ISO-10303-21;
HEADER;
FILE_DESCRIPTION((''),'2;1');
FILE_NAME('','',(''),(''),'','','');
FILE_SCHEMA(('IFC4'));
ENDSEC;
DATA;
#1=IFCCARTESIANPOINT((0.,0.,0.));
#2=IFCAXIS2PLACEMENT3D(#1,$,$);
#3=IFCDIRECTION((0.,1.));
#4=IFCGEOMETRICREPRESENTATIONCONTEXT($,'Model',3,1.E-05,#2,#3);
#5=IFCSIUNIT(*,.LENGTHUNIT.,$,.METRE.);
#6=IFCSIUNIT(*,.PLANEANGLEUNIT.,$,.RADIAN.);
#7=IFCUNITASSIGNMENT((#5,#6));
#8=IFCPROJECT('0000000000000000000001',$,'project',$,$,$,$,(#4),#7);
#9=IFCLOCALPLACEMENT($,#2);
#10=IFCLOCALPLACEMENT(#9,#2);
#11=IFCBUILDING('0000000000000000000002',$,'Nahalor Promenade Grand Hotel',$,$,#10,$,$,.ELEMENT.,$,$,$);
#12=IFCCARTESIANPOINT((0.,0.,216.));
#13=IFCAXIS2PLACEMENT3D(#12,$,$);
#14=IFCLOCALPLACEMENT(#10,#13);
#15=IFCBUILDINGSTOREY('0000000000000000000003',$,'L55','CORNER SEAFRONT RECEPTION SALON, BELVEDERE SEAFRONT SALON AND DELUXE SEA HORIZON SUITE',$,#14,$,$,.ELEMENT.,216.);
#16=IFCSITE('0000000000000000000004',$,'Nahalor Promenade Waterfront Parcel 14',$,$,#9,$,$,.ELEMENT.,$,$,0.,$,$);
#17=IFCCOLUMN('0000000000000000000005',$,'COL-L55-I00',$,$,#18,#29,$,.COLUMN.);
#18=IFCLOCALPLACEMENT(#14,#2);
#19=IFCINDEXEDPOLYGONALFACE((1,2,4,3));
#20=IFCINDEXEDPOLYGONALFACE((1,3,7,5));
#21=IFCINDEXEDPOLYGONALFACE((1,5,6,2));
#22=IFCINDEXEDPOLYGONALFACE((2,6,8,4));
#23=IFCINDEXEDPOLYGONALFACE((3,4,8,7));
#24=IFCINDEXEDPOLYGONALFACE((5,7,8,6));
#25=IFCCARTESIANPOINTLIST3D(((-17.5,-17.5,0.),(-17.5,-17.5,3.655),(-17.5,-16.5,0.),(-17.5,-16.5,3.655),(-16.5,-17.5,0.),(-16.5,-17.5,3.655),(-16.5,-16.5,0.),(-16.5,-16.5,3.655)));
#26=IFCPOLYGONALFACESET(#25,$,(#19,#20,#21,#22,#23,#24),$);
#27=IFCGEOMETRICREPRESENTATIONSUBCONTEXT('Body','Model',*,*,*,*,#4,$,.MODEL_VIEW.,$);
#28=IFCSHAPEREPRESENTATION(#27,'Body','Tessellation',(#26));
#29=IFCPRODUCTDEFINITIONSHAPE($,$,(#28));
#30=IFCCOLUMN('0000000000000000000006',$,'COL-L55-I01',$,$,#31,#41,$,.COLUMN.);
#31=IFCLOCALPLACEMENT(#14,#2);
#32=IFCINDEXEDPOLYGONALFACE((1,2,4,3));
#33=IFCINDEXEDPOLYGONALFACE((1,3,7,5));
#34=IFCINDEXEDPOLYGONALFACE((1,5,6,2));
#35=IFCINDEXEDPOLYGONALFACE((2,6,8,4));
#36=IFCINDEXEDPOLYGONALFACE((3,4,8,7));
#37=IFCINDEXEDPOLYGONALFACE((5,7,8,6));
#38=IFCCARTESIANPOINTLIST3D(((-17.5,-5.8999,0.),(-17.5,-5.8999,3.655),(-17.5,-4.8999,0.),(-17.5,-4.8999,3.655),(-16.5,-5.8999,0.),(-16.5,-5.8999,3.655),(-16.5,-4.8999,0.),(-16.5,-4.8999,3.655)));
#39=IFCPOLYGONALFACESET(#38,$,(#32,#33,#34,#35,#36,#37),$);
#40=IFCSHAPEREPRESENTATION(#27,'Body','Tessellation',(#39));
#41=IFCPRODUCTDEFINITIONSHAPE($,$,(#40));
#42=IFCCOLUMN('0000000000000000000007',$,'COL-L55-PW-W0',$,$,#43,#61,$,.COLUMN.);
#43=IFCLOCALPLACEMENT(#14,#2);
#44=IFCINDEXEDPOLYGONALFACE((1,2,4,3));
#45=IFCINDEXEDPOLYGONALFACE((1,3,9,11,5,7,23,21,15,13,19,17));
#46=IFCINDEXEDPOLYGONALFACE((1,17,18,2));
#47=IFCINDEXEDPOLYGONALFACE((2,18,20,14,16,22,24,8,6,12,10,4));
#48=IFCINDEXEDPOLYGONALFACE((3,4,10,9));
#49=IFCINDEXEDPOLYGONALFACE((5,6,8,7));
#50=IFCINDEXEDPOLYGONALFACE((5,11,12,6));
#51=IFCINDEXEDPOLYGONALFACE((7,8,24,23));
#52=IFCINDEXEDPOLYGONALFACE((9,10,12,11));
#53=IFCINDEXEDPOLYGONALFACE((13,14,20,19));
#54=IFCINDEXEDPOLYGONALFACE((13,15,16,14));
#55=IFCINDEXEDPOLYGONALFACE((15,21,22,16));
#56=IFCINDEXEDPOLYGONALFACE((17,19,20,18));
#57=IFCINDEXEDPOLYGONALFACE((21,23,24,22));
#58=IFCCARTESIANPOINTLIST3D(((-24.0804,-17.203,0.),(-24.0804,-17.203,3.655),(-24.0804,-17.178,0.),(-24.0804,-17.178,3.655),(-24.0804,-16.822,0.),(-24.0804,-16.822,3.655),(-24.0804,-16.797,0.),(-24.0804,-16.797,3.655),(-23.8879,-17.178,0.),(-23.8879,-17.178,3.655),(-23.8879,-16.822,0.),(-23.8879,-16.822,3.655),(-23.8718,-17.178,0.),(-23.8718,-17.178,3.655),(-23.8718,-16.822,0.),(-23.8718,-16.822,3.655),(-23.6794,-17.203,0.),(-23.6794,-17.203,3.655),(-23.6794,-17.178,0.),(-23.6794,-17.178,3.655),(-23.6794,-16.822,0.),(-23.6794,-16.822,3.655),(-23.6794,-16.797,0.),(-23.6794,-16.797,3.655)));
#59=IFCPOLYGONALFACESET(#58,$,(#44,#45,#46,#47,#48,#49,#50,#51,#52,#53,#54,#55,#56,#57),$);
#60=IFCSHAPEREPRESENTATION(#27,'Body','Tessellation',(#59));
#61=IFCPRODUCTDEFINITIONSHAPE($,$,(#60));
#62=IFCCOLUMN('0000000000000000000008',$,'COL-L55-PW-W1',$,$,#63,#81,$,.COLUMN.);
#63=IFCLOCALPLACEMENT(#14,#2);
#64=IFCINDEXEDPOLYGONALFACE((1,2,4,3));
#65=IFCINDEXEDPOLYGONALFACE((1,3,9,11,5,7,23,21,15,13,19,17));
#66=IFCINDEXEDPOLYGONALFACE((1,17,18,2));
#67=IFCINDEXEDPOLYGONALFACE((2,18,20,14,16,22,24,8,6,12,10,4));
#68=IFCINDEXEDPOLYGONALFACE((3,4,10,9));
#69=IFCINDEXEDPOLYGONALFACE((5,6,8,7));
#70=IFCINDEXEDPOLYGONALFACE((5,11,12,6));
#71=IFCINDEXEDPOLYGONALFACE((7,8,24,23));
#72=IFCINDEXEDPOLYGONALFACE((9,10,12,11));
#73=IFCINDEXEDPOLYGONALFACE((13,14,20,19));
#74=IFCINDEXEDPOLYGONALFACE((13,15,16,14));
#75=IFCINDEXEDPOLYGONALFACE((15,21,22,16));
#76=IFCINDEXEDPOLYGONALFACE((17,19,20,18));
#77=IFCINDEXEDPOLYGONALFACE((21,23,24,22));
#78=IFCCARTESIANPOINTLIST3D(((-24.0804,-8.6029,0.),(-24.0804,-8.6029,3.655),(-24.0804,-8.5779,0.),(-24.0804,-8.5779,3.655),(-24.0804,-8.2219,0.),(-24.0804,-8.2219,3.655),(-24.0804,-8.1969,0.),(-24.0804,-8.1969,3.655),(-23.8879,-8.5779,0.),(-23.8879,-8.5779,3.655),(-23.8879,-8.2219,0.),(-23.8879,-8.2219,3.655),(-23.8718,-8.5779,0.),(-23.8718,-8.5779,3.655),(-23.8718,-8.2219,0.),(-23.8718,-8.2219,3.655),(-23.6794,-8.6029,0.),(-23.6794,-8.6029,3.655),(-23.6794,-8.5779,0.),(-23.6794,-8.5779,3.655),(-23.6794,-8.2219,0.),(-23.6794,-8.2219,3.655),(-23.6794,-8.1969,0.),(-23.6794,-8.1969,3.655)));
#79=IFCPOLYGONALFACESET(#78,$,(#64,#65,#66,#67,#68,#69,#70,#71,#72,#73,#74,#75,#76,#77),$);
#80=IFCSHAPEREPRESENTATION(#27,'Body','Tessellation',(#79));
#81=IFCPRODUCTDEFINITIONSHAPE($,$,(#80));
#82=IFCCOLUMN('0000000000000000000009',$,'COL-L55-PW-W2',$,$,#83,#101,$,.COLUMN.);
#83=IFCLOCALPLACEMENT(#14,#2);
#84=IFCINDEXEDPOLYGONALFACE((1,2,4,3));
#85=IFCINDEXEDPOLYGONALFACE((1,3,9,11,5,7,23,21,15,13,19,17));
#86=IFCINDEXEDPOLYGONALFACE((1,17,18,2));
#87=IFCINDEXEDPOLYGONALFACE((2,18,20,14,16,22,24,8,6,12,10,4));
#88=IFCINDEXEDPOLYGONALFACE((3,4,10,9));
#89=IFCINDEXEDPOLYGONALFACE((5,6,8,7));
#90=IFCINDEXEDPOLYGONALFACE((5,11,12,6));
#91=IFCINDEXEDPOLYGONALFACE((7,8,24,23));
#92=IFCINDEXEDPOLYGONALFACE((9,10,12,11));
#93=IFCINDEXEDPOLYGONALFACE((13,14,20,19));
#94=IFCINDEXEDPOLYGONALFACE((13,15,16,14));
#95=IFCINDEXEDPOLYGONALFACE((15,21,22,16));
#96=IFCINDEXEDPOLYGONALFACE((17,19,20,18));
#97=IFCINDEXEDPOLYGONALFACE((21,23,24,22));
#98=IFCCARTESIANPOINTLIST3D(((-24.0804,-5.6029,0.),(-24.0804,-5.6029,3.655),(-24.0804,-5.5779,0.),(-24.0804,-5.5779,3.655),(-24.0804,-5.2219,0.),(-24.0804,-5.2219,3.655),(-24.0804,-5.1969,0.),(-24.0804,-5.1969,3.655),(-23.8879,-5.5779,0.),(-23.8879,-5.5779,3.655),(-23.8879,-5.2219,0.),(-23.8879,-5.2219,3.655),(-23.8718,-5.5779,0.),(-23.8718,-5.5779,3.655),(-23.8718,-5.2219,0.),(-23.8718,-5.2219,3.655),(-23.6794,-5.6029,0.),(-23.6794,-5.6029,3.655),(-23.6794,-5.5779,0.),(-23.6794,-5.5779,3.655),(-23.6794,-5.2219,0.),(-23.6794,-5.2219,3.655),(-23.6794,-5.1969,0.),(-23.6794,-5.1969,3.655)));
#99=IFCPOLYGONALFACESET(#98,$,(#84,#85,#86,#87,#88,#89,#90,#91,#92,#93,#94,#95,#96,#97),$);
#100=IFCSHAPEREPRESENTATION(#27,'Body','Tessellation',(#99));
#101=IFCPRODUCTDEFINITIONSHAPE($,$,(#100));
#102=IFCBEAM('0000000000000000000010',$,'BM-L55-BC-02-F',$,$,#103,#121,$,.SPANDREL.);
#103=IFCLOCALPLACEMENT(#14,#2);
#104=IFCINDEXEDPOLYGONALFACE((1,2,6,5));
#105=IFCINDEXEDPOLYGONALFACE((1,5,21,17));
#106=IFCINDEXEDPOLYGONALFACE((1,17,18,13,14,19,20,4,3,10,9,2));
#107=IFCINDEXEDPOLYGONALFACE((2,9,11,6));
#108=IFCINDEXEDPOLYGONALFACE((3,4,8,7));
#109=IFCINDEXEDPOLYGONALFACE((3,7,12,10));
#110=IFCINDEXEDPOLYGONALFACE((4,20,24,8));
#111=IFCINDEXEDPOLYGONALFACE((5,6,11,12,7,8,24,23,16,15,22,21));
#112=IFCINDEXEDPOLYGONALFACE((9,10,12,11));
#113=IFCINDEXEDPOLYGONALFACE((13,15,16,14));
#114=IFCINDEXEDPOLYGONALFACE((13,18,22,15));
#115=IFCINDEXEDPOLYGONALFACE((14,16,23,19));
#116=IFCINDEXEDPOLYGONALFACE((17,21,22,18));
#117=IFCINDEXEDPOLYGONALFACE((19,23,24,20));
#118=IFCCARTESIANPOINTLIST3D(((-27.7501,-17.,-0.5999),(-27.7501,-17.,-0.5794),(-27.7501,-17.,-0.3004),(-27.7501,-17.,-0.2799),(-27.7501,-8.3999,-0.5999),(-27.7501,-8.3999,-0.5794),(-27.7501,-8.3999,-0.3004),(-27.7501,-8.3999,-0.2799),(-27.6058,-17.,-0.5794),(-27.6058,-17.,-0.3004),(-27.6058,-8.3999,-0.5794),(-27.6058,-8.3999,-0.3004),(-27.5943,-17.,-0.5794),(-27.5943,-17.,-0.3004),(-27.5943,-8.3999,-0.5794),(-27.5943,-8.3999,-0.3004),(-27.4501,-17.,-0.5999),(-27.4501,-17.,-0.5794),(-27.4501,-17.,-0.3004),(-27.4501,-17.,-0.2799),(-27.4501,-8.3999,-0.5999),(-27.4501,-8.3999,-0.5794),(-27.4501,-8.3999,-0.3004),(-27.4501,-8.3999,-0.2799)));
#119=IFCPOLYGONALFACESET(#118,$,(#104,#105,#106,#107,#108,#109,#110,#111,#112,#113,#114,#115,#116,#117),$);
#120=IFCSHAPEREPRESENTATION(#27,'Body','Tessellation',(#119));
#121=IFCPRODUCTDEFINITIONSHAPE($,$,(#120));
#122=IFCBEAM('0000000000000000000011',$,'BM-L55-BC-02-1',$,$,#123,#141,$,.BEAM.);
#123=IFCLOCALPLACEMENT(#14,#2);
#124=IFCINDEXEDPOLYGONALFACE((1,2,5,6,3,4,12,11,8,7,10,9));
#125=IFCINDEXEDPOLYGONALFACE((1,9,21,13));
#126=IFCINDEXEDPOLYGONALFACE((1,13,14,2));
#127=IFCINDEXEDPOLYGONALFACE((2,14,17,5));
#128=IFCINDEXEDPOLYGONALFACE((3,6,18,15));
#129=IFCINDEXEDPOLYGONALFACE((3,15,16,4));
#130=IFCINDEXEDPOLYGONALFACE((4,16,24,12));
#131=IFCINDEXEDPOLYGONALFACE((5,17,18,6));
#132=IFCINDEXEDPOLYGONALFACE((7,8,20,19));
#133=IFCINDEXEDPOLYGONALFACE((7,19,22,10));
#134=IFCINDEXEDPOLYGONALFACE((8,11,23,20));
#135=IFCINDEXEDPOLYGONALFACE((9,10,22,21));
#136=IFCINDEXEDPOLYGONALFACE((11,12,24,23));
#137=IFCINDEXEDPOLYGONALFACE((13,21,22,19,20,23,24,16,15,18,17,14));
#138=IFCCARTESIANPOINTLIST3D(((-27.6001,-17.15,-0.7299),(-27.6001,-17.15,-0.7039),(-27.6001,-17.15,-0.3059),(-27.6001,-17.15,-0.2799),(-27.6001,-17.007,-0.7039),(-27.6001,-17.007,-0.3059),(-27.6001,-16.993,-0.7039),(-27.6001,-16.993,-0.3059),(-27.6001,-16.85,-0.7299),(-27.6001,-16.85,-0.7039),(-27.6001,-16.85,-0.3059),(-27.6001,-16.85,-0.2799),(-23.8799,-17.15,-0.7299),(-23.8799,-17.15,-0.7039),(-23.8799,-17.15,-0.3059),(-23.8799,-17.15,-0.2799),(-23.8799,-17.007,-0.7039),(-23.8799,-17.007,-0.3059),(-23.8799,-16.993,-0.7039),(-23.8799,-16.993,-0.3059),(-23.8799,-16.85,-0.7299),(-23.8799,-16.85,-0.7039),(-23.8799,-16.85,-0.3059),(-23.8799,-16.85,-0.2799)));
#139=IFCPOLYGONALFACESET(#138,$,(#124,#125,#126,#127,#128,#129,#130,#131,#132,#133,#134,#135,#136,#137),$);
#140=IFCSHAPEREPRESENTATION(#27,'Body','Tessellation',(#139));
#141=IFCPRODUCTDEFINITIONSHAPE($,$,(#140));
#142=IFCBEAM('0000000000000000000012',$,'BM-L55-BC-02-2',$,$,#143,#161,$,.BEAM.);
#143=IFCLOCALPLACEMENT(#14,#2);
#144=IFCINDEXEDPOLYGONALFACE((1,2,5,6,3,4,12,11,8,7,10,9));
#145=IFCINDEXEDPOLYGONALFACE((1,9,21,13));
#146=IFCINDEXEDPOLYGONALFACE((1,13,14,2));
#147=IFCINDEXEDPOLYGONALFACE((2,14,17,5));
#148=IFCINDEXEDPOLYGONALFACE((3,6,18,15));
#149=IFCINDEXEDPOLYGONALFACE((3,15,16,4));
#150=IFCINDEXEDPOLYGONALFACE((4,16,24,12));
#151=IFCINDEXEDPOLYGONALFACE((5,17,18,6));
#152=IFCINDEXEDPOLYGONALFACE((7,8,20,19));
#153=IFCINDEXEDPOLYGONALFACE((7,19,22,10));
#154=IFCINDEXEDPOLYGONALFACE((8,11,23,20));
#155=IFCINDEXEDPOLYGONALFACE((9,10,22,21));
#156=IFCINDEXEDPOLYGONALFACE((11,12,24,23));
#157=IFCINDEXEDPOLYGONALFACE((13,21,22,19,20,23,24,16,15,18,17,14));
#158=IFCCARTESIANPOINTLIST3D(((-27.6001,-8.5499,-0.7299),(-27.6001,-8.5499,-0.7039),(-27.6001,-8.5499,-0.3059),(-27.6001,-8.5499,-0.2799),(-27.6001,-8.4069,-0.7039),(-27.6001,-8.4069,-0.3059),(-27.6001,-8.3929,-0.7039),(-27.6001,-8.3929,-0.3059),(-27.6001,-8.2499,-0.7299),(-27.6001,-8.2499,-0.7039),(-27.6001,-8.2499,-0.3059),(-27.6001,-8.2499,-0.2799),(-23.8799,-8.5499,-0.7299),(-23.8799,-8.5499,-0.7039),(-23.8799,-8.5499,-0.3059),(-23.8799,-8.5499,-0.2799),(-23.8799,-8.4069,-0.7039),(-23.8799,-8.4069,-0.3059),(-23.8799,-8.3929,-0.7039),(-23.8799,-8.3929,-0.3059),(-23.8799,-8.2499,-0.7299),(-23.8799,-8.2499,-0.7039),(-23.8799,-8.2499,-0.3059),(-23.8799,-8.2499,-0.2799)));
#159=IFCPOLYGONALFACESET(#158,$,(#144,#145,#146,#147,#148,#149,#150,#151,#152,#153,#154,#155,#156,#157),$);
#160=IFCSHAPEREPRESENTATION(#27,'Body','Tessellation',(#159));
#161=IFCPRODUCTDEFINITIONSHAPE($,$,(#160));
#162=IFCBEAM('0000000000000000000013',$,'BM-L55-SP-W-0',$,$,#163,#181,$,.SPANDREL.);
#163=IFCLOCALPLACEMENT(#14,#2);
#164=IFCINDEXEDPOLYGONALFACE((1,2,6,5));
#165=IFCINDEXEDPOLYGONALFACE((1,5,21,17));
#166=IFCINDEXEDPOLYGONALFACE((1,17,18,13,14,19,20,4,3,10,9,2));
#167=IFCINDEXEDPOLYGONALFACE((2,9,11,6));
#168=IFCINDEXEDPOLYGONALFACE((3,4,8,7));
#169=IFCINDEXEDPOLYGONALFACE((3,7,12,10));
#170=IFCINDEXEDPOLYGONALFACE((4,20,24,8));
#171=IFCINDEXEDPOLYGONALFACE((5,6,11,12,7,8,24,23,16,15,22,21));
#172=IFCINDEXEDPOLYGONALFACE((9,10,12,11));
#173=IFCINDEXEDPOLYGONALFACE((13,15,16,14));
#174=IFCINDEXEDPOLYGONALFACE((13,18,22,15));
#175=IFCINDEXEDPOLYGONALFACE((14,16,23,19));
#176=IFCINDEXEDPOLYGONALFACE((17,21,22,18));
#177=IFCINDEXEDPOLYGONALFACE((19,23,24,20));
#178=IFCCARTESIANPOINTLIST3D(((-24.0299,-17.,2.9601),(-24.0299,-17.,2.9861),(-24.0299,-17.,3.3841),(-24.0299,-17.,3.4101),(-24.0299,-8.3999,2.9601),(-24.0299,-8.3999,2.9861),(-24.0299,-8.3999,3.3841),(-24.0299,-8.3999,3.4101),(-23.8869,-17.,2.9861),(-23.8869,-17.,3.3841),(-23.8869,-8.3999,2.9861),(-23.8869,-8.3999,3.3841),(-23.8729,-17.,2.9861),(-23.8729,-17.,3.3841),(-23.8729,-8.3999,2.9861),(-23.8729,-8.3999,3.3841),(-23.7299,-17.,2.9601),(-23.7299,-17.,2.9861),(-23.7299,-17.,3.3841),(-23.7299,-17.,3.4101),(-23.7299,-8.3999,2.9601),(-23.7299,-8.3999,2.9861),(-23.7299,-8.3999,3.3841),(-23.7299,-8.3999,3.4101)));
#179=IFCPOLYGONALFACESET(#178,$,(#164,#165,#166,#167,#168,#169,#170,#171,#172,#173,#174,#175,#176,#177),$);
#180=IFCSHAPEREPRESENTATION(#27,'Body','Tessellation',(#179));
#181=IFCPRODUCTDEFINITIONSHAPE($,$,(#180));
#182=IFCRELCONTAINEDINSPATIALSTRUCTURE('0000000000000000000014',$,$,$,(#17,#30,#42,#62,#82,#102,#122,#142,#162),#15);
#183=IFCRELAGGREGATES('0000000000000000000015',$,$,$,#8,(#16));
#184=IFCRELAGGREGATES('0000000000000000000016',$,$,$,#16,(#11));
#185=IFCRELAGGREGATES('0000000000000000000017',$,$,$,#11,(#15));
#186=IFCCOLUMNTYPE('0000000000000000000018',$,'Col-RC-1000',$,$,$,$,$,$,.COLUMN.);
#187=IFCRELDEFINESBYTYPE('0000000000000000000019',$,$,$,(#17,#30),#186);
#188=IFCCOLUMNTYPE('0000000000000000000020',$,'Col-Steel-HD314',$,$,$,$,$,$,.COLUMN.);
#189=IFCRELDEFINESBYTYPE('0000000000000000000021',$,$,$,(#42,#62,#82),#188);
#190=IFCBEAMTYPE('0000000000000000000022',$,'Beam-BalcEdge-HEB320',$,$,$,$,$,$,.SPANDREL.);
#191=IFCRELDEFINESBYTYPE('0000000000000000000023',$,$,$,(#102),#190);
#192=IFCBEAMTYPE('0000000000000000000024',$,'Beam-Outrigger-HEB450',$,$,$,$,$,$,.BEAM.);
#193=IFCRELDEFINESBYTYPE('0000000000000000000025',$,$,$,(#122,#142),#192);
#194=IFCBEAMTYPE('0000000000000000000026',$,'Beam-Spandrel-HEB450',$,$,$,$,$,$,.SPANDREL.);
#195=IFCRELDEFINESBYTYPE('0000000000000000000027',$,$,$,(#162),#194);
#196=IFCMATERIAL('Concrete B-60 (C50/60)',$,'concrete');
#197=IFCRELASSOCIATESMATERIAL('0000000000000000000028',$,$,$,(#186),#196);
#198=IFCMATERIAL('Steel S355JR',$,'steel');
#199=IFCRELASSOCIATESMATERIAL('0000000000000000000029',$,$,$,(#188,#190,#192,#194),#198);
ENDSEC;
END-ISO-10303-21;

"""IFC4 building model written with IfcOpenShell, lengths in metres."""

from ifc_helpers import new_model, si_unit, direction, frame, origin, origin_2d, place, context, subcontext, project, spatial, rectangle, i_section, extrude, source, transform, mapped, material, material_profile, profile_set, type_object, element, save


model = new_model("IFC4")

# Units and contexts
model_context = context("Model", 3, precision=1e-05, world=origin(), true_north=direction((0.0, 1.0)))
body_context = subcontext(model_context, "Body", "Model", "MODEL_VIEW")
ifc_project = project(units=[si_unit("LENGTHUNIT", "METRE"), si_unit("PLANEANGLEUNIT", "RADIAN")], contexts=[model_context])

# Site, building, storey
site_placement = place(None, origin())
site = spatial("IfcSite", under=ifc_project, at=site_placement, Name="Nahalor Promenade Waterfront Parcel 14", CompositionType="ELEMENT", RefElevation=0.0)
building_placement = place(site_placement, origin())
building = spatial("IfcBuilding", under=site, at=building_placement, Name="Nahalor Promenade Grand Hotel", CompositionType="ELEMENT")
storey_placement = place(building_placement, frame((0.0, 0.0, 216.0)))
storey = spatial("IfcBuildingStorey", under=building, at=storey_placement, Name="L55", Description="CORNER SEAFRONT RECEPTION SALON, BELVEDERE SEAFRONT SALON AND DELUXE SEA HORIZON SUITE", CompositionType="ELEMENT", Elevation=216.0)

# Columns
ifc_material_1 = material(Name="Concrete B-60 (C50/60)", Category="concrete")
ifc_material_profile_1 = material_profile(ifc_material_1, rectangle(XDim=1.0, YDim=1.0, at=origin_2d()), Name="RC 1000x1000")
ifc_profile_set_1 = profile_set([ifc_material_profile_1], Name="Concrete B-60 (C50/60)")
column_type_1 = type_object("IfcColumnType", Name="Col-RC-1000", PredefinedType="COLUMN", material=ifc_profile_set_1)
shared_shape_1 = source(origin(), body_context, "Body", "SweptSolid", [
    extrude(rectangle(XDim=1.0, YDim=1.0, at=origin_2d()), origin(), (0.0, 0.0, 1.0), 3.655),
])
for number, where, z_axis, x_axis, name in (
    (1, (-17.0, -17.0, 0.0), (0.0, 0.0, 1.0), (1.0, 0.0, 0.0), "COL-L55-I00"),
    (2, (-17.0, -5.3999, 0.0), (0.0, 0.0, 1.0), (1.0, 0.0, 0.0), "COL-L55-I01"),
):
    element("IfcColumn", number, at=place(storey_placement, frame(where, z_axis=z_axis, x_axis=x_axis)), inside=storey, type_object=column_type_1, Name=name, PredefinedType="COLUMN", context=body_context, shape_type="MappedRepresentation", body=[
        mapped(shared_shape_1, transform((0.0, 0.0, 0.0), scale=1.0)),
    ])
ifc_material_2 = material(Name="Steel S355JR", Category="steel")
ifc_material_profile_2 = material_profile(ifc_material_2, i_section(OverallWidth=0.401, OverallDepth=0.406, WebThickness=0.0161, FlangeThickness=0.025, at=origin_2d()), Name="HD 400x314")
ifc_profile_set_2 = profile_set([ifc_material_profile_2], Name="Steel S355JR")
column_type_2 = type_object("IfcColumnType", Name="Col-Steel-HD314", PredefinedType="COLUMN", material=ifc_profile_set_2)
shared_shape_2 = source(origin(), body_context, "Body", "SweptSolid", [
    extrude(i_section(OverallWidth=0.401, OverallDepth=0.406, WebThickness=0.0161, FlangeThickness=0.025, at=origin_2d()), origin(), (0.0, 0.0, 1.0), 3.655),
])
for number, where, z_axis, x_axis, name in (
    (3, (-23.8799, -17.0, 0.0), (0.0, 0.0, 1.0), (1.0, 0.0, 0.0), "COL-L55-PW-W0"),
    (4, (-23.8799, -8.3999, 0.0), (0.0, 0.0, 1.0), (1.0, 0.0, 0.0), "COL-L55-PW-W1"),
    (5, (-23.8799, -5.3999, 0.0), (0.0, 0.0, 1.0), (1.0, 0.0, 0.0), "COL-L55-PW-W2"),
):
    element("IfcColumn", number, at=place(storey_placement, frame(where, z_axis=z_axis, x_axis=x_axis)), inside=storey, type_object=column_type_2, Name=name, PredefinedType="COLUMN", context=body_context, shape_type="MappedRepresentation", body=[
        mapped(shared_shape_2, transform((0.0, 0.0, 0.0), scale=1.0)),
    ])

# Beams
ifc_material_profile_3 = material_profile(ifc_material_2, i_section(OverallWidth=0.3, OverallDepth=0.32, WebThickness=0.0115, FlangeThickness=0.0205, at=origin_2d()), Name="HEB 320")
ifc_profile_set_3 = profile_set([ifc_material_profile_3], Name="Steel S355JR")
beam_type_1 = type_object("IfcBeamType", Name="Beam-BalcEdge-HEB320", PredefinedType="SPANDREL", material=ifc_profile_set_3)
shared_shape_3 = source(origin(), body_context, "Body", "SweptSolid", [
    extrude(i_section(OverallWidth=0.3, OverallDepth=0.32, WebThickness=0.0115, FlangeThickness=0.0205, at=origin_2d()), origin(), (0.0, 0.0, 1.0), 8.6001),
])
beam_1_placement = place(storey_placement, frame((-27.6001, -17.0, -0.4399), z_axis=(0.0, 1.0, 0.0), x_axis=(-1.0, 0.0, 0.0)))
element("IfcBeam", 6, at=beam_1_placement, inside=storey, type_object=beam_type_1, Name="BM-L55-BC-02-F", PredefinedType="SPANDREL", context=body_context, shape_type="MappedRepresentation", body=[
    mapped(shared_shape_3, transform((0.0, 0.0, 0.0), scale=1.0)),
])
ifc_material_profile_4 = material_profile(ifc_material_2, i_section(OverallWidth=0.3, OverallDepth=0.45, WebThickness=0.014, FlangeThickness=0.026, at=origin_2d()), Name="HEB 450")
ifc_profile_set_4 = profile_set([ifc_material_profile_4], Name="Steel S355JR")
beam_type_2 = type_object("IfcBeamType", Name="Beam-Outrigger-HEB450", PredefinedType="BEAM", material=ifc_profile_set_4)
shared_shape_4 = source(origin(), body_context, "Body", "SweptSolid", [
    extrude(i_section(OverallWidth=0.3, OverallDepth=0.45, WebThickness=0.014, FlangeThickness=0.026, at=origin_2d()), origin(), (0.0, 0.0, 1.0), 3.7202),
])
for number, where, z_axis, x_axis, name in (
    (7, (-27.6001, -17.0, -0.5049), (1.0, 0.0, 0.0), (0.0, 1.0, 0.0), "BM-L55-BC-02-1"),
    (8, (-27.6001, -8.3999, -0.5049), (1.0, 0.0, 0.0), (0.0, 1.0, 0.0), "BM-L55-BC-02-2"),
):
    element("IfcBeam", number, at=place(storey_placement, frame(where, z_axis=z_axis, x_axis=x_axis)), inside=storey, type_object=beam_type_2, Name=name, PredefinedType="BEAM", context=body_context, shape_type="MappedRepresentation", body=[
        mapped(shared_shape_4, transform((0.0, 0.0, 0.0), scale=1.0)),
    ])
ifc_material_profile_5 = material_profile(ifc_material_2, i_section(OverallWidth=0.3, OverallDepth=0.45, WebThickness=0.014, FlangeThickness=0.026, at=origin_2d()), Name="HEB 450")
ifc_profile_set_5 = profile_set([ifc_material_profile_5], Name="Steel S355JR")
beam_type_3 = type_object("IfcBeamType", Name="Beam-Spandrel-HEB450", PredefinedType="SPANDREL", material=ifc_profile_set_5)
shared_shape_5 = source(origin(), body_context, "Body", "SweptSolid", [
    extrude(i_section(OverallWidth=0.3, OverallDepth=0.45, WebThickness=0.014, FlangeThickness=0.026, at=origin_2d()), origin(), (0.0, 0.0, 1.0), 8.6001),
])
beam_2_placement = place(storey_placement, frame((-23.8799, -17.0, 3.1851), z_axis=(0.0, 1.0, 0.0), x_axis=(-1.0, 0.0, 0.0)))
element("IfcBeam", 9, at=beam_2_placement, inside=storey, type_object=beam_type_3, Name="BM-L55-SP-W-0", PredefinedType="SPANDREL", context=body_context, shape_type="MappedRepresentation", body=[
    mapped(shared_shape_5, transform((0.0, 0.0, 0.0), scale=1.0)),
])

save(model, "model.ifc")
